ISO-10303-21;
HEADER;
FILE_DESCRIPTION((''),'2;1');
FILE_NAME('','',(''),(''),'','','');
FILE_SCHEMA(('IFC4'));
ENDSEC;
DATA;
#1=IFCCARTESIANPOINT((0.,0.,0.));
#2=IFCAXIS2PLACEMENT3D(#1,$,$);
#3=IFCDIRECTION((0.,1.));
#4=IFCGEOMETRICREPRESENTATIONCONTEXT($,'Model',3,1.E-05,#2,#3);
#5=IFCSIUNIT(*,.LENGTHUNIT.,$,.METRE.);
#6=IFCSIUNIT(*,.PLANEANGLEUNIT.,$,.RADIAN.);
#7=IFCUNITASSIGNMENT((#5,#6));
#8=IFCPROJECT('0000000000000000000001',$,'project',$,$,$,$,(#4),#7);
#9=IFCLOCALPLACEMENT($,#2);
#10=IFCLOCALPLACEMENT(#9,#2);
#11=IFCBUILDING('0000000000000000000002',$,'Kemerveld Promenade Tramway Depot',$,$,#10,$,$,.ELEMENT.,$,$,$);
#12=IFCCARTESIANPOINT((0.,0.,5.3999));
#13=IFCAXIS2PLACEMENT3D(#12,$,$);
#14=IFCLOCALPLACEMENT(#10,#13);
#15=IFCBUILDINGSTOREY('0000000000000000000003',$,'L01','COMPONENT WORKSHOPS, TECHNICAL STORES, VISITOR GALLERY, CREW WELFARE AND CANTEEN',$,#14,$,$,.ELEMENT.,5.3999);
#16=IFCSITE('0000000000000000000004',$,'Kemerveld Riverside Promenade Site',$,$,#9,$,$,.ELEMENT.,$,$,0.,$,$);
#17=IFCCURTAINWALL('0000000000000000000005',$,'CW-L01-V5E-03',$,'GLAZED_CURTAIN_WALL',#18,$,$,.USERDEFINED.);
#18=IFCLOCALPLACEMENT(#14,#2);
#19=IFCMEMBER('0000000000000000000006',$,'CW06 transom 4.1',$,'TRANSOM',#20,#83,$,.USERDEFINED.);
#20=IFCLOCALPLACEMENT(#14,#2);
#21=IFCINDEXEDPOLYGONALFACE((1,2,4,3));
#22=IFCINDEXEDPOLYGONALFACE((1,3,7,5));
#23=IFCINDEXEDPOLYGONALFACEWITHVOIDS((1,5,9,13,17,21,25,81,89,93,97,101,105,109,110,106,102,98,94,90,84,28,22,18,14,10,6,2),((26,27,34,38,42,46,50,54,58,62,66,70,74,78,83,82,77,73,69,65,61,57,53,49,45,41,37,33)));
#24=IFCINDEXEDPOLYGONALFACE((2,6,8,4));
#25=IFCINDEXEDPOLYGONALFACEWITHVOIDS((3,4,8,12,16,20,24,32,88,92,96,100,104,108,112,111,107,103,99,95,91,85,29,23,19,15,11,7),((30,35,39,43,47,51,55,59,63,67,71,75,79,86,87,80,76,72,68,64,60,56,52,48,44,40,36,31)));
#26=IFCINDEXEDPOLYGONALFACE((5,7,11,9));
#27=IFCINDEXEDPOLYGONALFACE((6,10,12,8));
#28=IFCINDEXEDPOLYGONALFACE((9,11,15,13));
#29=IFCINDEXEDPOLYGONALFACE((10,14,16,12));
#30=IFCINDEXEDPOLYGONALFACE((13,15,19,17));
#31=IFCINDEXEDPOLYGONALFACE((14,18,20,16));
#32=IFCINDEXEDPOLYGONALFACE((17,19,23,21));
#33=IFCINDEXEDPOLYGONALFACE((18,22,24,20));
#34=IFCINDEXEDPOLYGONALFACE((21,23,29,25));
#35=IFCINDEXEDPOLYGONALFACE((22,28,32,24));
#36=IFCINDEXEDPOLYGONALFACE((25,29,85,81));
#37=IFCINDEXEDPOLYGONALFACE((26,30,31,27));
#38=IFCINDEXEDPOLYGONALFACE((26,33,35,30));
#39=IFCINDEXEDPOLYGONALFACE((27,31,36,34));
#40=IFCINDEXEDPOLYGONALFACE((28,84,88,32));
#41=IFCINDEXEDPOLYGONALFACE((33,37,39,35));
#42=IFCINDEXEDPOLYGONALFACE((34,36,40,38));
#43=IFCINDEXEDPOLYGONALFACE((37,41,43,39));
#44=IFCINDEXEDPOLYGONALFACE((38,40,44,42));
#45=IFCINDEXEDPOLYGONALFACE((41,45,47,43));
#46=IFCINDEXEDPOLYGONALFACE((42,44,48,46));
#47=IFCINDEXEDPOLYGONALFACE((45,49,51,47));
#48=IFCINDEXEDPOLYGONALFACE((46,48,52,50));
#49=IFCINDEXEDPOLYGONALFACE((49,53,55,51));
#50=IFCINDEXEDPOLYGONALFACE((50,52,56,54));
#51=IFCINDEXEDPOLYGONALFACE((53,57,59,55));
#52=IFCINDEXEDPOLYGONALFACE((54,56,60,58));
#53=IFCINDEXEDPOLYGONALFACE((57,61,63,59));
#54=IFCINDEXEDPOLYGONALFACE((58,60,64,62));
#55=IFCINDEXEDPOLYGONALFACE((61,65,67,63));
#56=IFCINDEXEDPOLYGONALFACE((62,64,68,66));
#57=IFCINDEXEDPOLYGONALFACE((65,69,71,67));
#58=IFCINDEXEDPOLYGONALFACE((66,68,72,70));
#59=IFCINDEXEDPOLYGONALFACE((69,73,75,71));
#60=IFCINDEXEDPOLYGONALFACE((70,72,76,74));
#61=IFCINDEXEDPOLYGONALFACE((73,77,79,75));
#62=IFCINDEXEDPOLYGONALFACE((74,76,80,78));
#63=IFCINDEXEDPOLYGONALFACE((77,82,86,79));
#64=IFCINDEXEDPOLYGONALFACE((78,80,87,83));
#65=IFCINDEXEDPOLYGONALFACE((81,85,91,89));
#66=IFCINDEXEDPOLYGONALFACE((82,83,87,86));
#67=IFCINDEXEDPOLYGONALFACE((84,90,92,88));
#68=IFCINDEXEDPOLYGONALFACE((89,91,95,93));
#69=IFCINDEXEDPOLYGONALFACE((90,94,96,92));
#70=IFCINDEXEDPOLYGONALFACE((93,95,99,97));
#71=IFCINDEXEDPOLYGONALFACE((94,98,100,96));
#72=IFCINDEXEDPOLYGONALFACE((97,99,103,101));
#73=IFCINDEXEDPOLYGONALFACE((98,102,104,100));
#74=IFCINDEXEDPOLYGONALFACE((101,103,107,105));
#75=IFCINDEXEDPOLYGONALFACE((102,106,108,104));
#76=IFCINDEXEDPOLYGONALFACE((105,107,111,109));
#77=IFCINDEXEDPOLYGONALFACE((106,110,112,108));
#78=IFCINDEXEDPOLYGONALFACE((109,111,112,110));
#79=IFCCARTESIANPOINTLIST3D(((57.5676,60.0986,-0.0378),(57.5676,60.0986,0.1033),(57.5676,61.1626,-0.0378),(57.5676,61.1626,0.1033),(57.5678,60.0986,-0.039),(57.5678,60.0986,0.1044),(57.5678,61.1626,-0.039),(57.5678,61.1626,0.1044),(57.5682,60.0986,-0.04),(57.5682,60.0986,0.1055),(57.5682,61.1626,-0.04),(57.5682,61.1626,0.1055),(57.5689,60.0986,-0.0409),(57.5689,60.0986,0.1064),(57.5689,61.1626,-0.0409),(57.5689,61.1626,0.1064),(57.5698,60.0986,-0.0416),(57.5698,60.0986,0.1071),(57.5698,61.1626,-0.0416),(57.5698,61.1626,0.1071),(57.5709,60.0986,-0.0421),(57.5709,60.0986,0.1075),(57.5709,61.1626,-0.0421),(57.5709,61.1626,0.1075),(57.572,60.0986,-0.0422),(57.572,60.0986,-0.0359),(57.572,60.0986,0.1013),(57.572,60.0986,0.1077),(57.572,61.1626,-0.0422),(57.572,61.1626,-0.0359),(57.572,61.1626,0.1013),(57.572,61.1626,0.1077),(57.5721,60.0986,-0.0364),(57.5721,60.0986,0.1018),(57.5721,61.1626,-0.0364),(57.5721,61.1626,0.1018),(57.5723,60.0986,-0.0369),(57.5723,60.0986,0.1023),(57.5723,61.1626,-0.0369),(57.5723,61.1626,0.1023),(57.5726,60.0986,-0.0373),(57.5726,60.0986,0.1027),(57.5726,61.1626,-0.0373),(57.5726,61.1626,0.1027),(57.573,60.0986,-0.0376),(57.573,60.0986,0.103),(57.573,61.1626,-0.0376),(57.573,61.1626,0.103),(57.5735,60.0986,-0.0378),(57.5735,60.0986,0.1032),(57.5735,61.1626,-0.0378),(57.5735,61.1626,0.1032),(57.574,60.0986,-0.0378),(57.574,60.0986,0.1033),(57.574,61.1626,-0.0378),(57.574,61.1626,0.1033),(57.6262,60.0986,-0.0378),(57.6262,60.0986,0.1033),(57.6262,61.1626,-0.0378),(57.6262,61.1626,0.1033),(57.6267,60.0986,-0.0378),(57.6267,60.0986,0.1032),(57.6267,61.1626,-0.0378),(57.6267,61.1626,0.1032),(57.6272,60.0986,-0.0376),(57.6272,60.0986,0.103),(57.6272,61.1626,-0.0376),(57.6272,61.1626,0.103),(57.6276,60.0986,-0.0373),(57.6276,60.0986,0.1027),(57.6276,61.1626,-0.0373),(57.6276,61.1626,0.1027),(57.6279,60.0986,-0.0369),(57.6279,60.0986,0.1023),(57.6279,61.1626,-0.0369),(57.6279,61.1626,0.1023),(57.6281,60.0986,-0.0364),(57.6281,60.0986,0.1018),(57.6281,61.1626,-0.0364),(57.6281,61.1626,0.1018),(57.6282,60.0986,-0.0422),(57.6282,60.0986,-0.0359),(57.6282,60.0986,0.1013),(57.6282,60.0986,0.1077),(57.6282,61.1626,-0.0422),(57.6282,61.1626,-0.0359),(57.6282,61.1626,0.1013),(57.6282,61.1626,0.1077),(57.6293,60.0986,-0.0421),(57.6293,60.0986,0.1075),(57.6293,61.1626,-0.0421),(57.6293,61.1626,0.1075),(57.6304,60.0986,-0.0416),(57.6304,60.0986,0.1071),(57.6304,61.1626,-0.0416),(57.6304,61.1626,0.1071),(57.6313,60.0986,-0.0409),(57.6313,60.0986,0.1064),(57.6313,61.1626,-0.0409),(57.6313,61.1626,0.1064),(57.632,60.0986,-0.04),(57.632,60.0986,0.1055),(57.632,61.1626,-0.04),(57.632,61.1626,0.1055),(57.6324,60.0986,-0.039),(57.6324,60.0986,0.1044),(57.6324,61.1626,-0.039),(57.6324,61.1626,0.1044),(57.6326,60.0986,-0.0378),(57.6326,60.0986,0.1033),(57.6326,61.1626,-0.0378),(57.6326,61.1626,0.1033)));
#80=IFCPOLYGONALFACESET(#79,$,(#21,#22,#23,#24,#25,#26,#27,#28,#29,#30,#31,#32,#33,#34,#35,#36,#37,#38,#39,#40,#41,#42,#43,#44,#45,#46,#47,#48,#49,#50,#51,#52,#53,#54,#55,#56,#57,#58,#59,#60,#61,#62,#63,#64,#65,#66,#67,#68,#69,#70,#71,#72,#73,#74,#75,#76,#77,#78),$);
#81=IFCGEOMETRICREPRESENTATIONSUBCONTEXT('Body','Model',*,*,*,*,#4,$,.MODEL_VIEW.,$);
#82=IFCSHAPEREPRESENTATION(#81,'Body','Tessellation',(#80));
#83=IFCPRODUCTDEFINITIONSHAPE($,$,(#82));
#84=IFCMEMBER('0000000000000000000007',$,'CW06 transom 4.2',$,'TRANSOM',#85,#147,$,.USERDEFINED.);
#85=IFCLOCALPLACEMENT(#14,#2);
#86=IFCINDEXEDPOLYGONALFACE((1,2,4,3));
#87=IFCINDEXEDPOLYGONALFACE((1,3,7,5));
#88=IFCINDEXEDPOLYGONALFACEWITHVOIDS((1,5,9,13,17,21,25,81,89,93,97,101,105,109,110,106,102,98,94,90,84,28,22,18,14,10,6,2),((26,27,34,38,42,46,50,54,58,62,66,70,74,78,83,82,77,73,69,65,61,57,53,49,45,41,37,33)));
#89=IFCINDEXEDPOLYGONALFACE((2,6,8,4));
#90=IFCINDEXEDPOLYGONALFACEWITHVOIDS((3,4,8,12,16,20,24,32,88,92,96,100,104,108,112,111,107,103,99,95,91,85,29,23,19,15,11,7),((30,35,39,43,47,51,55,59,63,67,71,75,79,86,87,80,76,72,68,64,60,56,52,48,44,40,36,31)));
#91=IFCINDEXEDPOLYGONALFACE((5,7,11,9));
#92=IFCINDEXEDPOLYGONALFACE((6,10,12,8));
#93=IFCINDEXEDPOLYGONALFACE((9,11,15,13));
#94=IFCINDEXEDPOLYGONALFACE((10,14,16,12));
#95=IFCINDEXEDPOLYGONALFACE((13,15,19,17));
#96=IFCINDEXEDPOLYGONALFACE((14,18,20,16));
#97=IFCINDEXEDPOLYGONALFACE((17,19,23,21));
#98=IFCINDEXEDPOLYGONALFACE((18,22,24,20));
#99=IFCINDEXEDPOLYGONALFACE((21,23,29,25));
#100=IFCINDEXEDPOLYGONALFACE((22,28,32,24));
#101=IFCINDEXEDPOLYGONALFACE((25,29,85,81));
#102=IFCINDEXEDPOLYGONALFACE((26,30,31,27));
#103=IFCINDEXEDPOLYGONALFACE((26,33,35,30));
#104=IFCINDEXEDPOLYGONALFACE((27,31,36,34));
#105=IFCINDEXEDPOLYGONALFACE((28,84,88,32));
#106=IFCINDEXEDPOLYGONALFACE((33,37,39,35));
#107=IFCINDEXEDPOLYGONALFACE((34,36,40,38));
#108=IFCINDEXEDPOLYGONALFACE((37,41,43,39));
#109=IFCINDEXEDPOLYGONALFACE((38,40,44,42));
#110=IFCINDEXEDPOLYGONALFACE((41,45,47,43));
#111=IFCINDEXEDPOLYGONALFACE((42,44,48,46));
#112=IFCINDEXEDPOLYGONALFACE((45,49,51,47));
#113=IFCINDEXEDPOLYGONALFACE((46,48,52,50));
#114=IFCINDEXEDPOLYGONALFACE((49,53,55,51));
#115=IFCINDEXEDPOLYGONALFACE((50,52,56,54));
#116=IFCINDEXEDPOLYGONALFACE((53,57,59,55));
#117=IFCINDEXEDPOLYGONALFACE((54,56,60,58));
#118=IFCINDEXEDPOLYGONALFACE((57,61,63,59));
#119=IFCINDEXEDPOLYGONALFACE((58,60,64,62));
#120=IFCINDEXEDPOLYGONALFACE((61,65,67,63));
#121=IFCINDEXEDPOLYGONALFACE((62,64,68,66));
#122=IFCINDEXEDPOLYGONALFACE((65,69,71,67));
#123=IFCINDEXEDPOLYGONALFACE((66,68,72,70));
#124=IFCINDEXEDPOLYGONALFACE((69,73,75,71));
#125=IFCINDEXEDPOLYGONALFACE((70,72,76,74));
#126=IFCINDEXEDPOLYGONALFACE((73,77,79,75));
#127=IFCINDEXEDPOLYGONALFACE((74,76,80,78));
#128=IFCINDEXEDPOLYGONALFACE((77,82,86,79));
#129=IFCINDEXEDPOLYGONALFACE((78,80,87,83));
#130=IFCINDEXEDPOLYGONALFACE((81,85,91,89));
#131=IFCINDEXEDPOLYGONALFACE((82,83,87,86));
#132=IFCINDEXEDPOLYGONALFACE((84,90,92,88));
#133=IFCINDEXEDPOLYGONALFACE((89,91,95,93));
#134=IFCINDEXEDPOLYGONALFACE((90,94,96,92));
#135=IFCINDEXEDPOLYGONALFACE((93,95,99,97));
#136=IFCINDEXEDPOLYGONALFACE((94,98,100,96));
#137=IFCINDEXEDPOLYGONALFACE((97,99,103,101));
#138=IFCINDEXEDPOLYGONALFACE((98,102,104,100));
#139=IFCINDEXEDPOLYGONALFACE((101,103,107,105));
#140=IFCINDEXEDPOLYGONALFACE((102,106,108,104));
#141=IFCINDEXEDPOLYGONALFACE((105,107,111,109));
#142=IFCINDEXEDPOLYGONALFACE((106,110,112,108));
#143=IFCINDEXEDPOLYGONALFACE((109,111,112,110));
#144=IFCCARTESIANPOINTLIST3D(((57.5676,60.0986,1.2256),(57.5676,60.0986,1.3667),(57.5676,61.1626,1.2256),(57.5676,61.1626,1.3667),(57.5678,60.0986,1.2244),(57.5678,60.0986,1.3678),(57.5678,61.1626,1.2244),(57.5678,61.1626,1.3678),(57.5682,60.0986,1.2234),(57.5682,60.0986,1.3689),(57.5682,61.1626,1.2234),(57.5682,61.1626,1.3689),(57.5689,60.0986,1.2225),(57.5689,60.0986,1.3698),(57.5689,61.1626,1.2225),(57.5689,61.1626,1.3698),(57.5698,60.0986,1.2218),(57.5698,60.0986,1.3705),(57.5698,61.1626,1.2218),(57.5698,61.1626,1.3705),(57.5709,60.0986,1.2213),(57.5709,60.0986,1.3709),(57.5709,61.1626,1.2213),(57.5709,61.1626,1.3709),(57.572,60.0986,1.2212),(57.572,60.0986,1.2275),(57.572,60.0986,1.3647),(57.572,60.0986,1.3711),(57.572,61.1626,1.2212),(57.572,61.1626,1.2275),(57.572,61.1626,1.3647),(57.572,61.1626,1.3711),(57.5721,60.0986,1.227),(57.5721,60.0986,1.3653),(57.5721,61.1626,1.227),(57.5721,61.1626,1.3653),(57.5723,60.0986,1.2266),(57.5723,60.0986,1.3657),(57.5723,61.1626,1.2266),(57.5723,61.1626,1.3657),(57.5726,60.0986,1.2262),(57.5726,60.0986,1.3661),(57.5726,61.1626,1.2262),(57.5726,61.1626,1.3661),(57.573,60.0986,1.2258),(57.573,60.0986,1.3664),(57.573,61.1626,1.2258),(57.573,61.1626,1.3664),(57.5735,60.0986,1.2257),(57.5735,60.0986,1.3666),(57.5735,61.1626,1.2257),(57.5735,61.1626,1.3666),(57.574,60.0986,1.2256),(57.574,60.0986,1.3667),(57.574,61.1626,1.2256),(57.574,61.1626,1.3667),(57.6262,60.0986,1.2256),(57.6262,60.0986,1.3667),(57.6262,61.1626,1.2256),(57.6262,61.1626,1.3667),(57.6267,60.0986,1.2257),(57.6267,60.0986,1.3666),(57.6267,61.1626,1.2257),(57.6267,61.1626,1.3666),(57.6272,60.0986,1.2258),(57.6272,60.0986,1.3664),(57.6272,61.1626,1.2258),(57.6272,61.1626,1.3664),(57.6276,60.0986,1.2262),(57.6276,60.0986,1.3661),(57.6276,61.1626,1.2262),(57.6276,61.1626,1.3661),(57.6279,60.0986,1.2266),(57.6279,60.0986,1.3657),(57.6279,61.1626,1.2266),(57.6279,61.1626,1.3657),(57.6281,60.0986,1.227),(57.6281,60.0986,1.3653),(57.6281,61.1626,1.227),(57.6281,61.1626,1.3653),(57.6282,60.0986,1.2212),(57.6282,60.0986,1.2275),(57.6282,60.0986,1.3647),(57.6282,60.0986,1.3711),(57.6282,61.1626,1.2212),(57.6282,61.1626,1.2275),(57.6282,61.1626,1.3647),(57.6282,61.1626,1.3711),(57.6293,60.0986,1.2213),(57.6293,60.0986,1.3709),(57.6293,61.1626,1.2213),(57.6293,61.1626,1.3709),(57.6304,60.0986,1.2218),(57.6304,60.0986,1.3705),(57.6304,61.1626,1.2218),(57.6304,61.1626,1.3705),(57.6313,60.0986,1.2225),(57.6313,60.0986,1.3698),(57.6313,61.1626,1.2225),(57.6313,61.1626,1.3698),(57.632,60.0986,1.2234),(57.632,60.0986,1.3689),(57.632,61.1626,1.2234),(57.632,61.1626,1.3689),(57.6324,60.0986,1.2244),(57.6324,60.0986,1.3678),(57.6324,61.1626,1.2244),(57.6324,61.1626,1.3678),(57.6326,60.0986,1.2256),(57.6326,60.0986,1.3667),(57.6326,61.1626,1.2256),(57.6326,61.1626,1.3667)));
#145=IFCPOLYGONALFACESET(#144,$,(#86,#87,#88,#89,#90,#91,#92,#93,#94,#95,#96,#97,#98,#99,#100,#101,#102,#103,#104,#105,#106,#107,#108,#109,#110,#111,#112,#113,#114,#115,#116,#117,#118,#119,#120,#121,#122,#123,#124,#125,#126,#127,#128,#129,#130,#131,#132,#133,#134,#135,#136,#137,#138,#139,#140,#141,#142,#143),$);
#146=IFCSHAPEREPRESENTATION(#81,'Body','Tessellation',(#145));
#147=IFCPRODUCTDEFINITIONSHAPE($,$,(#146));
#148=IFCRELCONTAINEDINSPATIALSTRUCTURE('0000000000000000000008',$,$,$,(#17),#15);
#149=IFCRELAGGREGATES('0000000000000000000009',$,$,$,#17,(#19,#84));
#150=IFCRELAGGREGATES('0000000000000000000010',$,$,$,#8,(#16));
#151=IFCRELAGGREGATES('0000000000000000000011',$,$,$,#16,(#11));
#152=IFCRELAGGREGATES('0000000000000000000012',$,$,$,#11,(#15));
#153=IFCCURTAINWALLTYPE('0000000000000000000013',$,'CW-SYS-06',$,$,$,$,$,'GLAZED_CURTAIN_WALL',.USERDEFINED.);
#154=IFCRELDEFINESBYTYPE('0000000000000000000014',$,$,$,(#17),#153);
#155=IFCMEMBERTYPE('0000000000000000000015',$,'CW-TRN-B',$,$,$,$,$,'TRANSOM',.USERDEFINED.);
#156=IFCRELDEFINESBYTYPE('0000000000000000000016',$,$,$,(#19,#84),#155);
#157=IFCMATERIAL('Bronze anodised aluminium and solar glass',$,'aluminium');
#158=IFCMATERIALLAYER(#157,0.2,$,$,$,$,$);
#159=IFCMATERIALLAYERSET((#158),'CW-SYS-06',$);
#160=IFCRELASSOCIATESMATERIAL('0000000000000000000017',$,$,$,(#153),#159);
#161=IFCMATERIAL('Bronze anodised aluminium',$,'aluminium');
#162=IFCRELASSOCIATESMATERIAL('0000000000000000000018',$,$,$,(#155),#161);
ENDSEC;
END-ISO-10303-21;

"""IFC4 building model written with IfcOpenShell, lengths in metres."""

from ifc_helpers import new_model, si_unit, direction, frame, origin, origin_2d, place, context, subcontext, project, spatial, hollow_rectangle, extrude, material, layer, layer_set, material_profile, profile_set, type_object, element, aggregate, save


model = new_model("IFC4")

# Units and contexts
model_context = context("Model", 3, precision=1e-05, world=origin(), true_north=direction((0.0, 1.0)))
body_context = subcontext(model_context, "Body", "Model", "MODEL_VIEW")
ifc_project = project(units=[si_unit("LENGTHUNIT", "METRE"), si_unit("PLANEANGLEUNIT", "RADIAN")], contexts=[model_context])

# Site, building, storey
site_placement = place(None, origin())
site = spatial("IfcSite", under=ifc_project, at=site_placement, Name="Kemerveld Riverside Promenade Site", CompositionType="ELEMENT", RefElevation=0.0)
building_placement = place(site_placement, origin())
building = spatial("IfcBuilding", under=site, at=building_placement, Name="Kemerveld Promenade Tramway Depot", CompositionType="ELEMENT")
storey_placement = place(building_placement, frame((0.0, 0.0, 5.3999)))
storey = spatial("IfcBuildingStorey", under=building, at=storey_placement, Name="L01", Description="COMPONENT WORKSHOPS, TECHNICAL STORES, VISITOR GALLERY, CREW WELFARE AND CANTEEN", CompositionType="ELEMENT", Elevation=5.3999)

# Curtain wall, members
ifc_material_1 = material(Name="Bronze anodised aluminium and solar glass", Category="aluminium")
ifc_layer_1 = layer(ifc_material_1, 0.2)
ifc_layer_set_1 = layer_set([ifc_layer_1], Name="CW-SYS-06")
curtain_wall_type = type_object("IfcCurtainWallType", Name="CW-SYS-06", ElementType="GLAZED_CURTAIN_WALL", PredefinedType="USERDEFINED", material=ifc_layer_set_1)
curtain_wall_placement = place(storey_placement, origin())
curtain_wall = element("IfcCurtainWall", 1, at=curtain_wall_placement, inside=storey, type_object=curtain_wall_type, Name="CW-L01-V5E-03", ObjectType="GLAZED_CURTAIN_WALL", PredefinedType="USERDEFINED")
ifc_material_2 = material(Name="Bronze anodised aluminium", Category="aluminium")
ifc_material_profile_1 = material_profile(ifc_material_2, hollow_rectangle(XDim=0.0649, YDim=0.1499, WallThickness=0.0044, InnerFilletRadius=0.002, OuterFilletRadius=0.0044, at=origin_2d()), Name="CW-TRN-150x65")
ifc_profile_set_1 = profile_set([ifc_material_profile_1], Name="Bronze anodised aluminium")
member_type_1 = type_object("IfcMemberType", Name="CW-TRN-B", ElementType="TRANSOM", PredefinedType="USERDEFINED", material=ifc_profile_set_1)
member_1_placement = place(storey_placement, frame((57.6001, 61.1626, 0.0327), z_axis=(0.0, -1.0, 0.0), x_axis=(1.0, 0.0, 0.0)))
member_1 = element("IfcMember", 2, at=member_1_placement, type_object=member_type_1, Name="CW06 transom 4.1", ObjectType="TRANSOM", PredefinedType="USERDEFINED", context=body_context, shape_type="SweptSolid", body=[
    extrude(hollow_rectangle(XDim=0.0649, YDim=0.1499, WallThickness=0.0044, InnerFilletRadius=0.002, OuterFilletRadius=0.0044, at=origin_2d()), origin(), (0.0, 0.0, 1.0), 1.064),
])
member_2_placement = place(storey_placement, frame((57.6001, 61.1626, 1.2961), z_axis=(0.0, -1.0, 0.0), x_axis=(1.0, 0.0, 0.0)))
member_2 = element("IfcMember", 3, at=member_2_placement, type_object=member_type_1, Name="CW06 transom 4.2", ObjectType="TRANSOM", PredefinedType="USERDEFINED", context=body_context, shape_type="SweptSolid", body=[
    extrude(hollow_rectangle(XDim=0.0649, YDim=0.1499, WallThickness=0.0044, InnerFilletRadius=0.002, OuterFilletRadius=0.0044, at=origin_2d()), origin(), (0.0, 0.0, 1.0), 1.064),
])
aggregate(curtain_wall, [member_1, member_2])

save(model, "model.ifc")
